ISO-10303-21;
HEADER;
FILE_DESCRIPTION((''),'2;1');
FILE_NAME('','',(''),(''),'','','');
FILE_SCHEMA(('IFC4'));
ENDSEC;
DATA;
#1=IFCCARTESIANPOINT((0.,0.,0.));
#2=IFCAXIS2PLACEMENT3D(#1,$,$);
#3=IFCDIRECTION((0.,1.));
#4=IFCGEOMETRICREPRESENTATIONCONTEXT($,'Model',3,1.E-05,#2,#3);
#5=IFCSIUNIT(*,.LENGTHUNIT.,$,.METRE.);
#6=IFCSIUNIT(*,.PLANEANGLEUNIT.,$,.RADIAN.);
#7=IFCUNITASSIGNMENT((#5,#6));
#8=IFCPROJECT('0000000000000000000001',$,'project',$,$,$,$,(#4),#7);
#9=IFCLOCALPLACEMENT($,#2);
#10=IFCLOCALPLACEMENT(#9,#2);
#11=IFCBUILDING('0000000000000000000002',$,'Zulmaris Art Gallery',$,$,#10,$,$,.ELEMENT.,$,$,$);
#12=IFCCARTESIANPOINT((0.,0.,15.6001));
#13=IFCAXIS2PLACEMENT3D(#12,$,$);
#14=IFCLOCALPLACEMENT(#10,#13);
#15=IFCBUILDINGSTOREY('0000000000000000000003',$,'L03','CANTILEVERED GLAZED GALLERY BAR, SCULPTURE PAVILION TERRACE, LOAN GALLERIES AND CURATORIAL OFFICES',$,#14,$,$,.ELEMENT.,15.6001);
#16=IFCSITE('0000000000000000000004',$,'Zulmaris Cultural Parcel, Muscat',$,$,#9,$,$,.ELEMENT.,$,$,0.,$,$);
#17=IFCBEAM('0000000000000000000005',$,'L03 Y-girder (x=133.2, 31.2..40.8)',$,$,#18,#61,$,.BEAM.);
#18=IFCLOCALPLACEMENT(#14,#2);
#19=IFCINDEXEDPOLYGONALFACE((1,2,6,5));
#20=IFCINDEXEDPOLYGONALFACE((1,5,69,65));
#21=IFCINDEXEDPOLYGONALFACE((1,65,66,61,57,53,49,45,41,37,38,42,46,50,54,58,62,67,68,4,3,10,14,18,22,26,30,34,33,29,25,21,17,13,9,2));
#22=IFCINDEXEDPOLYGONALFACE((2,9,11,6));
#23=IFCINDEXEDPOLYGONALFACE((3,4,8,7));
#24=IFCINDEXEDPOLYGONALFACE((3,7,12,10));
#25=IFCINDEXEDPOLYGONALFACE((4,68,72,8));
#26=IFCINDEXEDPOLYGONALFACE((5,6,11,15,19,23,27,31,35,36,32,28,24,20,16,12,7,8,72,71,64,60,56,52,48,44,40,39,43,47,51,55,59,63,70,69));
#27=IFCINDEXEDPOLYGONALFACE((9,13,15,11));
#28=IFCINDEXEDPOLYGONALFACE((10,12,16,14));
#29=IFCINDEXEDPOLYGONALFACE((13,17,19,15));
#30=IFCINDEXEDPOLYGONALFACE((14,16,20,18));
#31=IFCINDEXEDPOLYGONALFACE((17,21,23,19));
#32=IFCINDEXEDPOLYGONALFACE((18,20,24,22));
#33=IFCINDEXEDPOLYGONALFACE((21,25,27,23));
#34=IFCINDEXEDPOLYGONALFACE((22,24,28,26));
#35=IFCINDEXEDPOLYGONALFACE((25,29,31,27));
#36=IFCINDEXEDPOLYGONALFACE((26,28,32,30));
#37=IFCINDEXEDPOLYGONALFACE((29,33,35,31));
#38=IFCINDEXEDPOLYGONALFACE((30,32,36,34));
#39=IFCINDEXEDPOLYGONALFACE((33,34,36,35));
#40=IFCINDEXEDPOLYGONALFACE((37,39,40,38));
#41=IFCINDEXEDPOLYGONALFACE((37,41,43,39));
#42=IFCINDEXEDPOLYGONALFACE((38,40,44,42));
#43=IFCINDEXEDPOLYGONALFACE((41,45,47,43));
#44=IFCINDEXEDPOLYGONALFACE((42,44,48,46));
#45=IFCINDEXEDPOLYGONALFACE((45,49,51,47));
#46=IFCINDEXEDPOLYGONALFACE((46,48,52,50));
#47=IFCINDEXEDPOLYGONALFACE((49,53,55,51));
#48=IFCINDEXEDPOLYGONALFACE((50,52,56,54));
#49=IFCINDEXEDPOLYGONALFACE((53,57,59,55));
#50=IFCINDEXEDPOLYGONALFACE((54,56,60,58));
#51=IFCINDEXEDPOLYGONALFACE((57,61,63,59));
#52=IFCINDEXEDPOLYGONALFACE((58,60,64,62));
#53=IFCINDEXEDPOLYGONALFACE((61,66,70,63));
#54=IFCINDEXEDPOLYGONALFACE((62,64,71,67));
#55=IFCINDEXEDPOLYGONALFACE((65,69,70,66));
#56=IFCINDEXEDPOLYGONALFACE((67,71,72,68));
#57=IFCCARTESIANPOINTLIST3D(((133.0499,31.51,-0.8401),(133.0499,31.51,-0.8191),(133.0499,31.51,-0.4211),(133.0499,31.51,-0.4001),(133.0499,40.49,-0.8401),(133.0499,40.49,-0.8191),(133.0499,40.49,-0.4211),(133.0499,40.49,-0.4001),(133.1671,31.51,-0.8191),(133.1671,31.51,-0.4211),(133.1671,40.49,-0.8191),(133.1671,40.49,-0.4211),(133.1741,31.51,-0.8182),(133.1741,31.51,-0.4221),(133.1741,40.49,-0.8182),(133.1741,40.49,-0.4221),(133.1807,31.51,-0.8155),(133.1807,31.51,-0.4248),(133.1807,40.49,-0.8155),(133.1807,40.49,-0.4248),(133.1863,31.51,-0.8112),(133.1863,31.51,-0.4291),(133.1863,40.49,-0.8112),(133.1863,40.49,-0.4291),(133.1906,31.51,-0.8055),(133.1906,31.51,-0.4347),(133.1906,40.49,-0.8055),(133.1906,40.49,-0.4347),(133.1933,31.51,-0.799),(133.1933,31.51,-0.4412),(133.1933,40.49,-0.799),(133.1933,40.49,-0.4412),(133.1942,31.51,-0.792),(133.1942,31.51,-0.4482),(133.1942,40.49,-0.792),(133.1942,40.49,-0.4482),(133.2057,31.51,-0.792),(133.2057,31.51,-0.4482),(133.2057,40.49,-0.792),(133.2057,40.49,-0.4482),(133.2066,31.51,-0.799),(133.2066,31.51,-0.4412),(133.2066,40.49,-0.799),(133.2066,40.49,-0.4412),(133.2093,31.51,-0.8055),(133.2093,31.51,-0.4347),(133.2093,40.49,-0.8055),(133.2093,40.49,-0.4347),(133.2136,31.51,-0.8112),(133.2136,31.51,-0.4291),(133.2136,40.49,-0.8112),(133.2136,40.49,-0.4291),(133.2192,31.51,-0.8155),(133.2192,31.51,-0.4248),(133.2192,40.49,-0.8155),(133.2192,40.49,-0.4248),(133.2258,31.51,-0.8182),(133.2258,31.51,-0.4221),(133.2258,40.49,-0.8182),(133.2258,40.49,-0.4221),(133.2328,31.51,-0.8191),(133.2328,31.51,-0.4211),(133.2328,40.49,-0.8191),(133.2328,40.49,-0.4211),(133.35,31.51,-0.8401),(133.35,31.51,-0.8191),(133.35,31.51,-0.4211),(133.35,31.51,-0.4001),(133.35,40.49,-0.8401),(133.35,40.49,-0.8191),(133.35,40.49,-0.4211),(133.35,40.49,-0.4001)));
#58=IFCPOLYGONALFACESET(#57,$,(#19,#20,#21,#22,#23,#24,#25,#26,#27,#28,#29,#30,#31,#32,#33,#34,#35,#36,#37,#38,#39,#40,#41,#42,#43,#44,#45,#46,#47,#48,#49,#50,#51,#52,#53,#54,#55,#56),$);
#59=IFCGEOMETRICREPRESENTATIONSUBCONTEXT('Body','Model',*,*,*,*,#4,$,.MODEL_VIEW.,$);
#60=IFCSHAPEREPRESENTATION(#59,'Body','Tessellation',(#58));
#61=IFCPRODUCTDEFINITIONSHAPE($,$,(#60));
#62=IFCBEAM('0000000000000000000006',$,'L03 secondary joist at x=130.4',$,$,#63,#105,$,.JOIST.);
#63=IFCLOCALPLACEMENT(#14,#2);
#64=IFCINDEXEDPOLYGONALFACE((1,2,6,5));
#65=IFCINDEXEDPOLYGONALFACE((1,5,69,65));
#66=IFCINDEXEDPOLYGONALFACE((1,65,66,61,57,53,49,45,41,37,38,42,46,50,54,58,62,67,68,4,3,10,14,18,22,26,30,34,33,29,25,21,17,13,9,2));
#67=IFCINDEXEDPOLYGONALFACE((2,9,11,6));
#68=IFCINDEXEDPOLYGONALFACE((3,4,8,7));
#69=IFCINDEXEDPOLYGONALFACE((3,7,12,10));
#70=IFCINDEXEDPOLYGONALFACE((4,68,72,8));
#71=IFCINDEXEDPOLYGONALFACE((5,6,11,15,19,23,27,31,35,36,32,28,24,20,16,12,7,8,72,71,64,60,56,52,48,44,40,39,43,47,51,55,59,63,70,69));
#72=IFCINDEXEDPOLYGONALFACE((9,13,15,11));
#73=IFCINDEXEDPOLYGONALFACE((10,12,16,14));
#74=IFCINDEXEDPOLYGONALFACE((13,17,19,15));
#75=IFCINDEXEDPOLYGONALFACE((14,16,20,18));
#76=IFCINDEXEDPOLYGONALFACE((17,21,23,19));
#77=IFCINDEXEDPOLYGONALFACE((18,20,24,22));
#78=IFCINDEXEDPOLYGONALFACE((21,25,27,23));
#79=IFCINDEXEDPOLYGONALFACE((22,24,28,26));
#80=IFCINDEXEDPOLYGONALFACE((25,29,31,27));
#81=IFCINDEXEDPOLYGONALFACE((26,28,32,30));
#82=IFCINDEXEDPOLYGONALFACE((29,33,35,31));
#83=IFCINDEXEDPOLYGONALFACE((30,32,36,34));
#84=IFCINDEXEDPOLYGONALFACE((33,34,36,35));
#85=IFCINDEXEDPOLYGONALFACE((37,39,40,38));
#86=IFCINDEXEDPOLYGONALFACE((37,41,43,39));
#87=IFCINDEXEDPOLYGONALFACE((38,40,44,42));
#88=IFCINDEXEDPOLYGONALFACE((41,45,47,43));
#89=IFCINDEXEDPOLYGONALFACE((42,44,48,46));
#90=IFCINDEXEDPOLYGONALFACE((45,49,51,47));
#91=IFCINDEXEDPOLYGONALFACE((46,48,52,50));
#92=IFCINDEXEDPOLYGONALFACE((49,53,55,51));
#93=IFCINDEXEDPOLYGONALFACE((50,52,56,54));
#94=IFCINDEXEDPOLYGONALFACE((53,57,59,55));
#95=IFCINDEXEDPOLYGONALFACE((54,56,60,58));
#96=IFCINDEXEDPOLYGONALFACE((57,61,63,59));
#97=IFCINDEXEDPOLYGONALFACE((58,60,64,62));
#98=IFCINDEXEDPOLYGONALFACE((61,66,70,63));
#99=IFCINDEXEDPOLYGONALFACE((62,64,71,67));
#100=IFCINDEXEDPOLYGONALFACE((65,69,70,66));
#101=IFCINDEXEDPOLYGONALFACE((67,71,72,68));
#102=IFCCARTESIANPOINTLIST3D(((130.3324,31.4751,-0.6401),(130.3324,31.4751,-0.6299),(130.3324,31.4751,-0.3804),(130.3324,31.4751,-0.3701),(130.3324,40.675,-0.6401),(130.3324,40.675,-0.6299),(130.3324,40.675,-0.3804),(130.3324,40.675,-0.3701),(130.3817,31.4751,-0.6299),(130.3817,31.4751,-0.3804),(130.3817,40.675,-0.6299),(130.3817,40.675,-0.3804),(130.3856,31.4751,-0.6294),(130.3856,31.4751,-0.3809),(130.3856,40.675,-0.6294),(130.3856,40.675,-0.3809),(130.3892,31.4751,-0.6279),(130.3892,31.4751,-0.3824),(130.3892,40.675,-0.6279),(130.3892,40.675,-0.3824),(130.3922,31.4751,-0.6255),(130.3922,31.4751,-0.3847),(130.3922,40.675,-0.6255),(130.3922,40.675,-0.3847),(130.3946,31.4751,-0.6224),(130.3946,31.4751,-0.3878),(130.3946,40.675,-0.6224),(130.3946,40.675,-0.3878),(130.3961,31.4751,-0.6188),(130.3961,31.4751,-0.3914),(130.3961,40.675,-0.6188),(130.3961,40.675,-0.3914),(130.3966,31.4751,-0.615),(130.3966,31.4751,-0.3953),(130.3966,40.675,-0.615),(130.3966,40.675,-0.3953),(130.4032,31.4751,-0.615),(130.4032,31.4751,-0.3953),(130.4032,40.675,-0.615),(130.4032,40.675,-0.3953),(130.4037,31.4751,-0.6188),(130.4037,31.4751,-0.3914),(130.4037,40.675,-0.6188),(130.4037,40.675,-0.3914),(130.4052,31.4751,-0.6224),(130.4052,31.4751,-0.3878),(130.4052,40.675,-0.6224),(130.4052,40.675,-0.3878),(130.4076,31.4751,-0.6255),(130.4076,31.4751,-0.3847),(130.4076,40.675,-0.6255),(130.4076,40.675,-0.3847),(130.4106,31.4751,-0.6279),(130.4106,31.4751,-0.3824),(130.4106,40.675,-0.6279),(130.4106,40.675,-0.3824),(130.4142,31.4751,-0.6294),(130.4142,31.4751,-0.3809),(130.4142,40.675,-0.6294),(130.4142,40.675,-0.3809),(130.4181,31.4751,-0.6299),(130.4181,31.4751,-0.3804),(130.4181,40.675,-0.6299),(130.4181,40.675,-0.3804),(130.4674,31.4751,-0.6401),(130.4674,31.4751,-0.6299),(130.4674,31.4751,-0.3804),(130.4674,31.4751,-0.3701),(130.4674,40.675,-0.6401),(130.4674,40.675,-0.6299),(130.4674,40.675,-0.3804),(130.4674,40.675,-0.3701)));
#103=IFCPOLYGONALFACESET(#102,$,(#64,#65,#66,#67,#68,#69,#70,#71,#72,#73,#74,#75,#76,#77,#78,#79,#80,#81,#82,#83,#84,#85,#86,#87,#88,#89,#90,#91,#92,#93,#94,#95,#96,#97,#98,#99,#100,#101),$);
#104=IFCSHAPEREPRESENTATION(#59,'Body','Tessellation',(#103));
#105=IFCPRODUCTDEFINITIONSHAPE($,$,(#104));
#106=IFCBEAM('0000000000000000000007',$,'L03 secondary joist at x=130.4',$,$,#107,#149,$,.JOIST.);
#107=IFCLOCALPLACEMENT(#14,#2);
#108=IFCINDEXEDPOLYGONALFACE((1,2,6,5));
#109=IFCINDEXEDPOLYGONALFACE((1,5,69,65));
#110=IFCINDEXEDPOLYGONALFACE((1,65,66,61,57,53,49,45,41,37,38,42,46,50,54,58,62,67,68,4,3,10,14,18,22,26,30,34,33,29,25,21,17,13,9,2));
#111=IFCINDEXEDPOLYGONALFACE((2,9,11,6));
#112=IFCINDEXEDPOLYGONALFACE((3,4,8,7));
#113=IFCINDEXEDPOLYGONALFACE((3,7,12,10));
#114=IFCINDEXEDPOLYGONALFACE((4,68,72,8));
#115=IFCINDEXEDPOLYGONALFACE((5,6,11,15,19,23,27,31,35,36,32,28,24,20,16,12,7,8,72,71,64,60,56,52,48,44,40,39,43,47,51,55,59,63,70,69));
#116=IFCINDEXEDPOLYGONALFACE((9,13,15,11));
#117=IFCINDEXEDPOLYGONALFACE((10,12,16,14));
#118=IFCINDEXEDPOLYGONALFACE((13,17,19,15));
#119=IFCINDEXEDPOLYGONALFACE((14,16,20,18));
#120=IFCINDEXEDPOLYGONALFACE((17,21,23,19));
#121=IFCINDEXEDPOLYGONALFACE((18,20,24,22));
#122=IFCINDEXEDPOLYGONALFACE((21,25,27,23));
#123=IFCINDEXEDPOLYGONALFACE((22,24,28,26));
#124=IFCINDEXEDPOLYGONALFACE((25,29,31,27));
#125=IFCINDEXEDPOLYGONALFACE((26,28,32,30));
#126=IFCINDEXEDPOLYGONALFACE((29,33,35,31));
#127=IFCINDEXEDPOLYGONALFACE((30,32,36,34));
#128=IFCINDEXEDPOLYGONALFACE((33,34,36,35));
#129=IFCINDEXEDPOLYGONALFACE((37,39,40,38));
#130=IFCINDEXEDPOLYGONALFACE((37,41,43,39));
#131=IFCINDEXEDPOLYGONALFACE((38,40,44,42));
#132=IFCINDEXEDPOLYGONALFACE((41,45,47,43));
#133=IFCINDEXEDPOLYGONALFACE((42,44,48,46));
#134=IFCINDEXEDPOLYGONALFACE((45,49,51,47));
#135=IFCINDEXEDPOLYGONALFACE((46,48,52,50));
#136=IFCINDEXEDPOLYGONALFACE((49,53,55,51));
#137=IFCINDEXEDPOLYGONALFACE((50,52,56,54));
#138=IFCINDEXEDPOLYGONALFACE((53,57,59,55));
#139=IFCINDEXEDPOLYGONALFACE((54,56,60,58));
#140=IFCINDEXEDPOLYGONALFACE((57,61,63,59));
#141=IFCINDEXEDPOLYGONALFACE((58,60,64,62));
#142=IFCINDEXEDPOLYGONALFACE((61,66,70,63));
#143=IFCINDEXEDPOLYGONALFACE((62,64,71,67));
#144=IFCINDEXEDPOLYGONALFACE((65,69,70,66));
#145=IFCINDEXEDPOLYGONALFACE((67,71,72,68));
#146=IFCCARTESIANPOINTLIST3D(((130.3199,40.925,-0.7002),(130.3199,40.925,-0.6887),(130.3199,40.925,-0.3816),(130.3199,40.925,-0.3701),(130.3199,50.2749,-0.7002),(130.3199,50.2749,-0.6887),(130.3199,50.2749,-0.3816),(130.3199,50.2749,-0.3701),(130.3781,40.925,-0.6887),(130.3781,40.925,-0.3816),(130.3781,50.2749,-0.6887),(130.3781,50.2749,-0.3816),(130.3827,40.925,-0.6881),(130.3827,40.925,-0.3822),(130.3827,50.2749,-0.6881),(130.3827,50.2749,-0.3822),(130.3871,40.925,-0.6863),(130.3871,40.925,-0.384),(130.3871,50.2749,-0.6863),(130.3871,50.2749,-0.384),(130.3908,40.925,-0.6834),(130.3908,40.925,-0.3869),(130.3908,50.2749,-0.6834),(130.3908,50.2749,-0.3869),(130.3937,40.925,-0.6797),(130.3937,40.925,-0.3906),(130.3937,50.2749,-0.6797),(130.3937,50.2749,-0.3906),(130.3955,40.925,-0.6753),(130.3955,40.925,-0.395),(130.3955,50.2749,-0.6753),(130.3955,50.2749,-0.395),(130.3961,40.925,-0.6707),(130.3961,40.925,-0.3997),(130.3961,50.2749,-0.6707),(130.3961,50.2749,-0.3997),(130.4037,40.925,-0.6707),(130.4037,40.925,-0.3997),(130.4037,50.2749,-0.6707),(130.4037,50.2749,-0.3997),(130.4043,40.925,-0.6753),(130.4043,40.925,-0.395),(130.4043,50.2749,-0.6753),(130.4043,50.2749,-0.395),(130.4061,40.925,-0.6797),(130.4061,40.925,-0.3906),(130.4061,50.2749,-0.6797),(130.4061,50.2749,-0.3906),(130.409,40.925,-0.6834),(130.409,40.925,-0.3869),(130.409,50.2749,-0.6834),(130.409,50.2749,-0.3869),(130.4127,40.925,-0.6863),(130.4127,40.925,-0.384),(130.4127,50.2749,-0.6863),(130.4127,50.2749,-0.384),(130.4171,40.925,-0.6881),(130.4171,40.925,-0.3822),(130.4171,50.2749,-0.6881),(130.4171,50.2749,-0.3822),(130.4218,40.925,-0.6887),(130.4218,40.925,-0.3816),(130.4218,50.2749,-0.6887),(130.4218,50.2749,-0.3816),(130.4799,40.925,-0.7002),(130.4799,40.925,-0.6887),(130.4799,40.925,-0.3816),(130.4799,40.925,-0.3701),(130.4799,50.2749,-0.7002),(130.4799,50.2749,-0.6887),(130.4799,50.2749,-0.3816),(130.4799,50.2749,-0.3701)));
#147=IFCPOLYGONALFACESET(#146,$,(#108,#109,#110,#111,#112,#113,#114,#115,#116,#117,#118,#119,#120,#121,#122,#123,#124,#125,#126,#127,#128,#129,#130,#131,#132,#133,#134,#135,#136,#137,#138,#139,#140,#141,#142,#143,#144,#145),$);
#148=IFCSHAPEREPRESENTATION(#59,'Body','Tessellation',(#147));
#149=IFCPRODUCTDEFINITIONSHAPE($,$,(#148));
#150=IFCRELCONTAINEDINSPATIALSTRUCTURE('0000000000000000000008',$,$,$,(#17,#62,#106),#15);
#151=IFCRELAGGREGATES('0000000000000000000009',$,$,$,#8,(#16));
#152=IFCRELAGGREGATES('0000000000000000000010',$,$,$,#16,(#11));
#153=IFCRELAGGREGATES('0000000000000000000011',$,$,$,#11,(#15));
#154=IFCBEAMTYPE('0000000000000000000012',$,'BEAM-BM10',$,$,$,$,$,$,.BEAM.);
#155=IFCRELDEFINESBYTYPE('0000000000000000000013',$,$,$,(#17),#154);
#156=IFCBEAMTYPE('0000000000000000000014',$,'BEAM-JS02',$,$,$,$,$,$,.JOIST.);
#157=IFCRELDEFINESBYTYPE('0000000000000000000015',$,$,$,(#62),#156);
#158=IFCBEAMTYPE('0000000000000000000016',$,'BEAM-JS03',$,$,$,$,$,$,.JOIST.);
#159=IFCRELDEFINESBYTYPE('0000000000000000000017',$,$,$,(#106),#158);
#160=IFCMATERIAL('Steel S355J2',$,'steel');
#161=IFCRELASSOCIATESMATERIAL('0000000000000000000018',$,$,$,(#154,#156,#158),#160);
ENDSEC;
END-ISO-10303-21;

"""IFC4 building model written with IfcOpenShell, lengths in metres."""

from ifc_helpers import new_model, si_unit, direction, frame, origin, origin_2d, place, context, subcontext, project, spatial, i_section, extrude, material, material_profile, profile_set, type_object, element, save


model = new_model("IFC4")

# Units and contexts
model_context = context("Model", 3, precision=1e-05, world=origin(), true_north=direction((0.0, 1.0)))
body_context = subcontext(model_context, "Body", "Model", "MODEL_VIEW")
ifc_project = project(units=[si_unit("LENGTHUNIT", "METRE"), si_unit("PLANEANGLEUNIT", "RADIAN")], contexts=[model_context])

# Site, building, storey
site_placement = place(None, origin())
site = spatial("IfcSite", under=ifc_project, at=site_placement, Name="Zulmaris Cultural Parcel, Muscat", CompositionType="ELEMENT", RefElevation=0.0)
building_placement = place(site_placement, origin())
building = spatial("IfcBuilding", under=site, at=building_placement, Name="Zulmaris Art Gallery", CompositionType="ELEMENT")
storey_placement = place(building_placement, frame((0.0, 0.0, 15.6001)))
storey = spatial("IfcBuildingStorey", under=building, at=storey_placement, Name="L03", Description="CANTILEVERED GLAZED GALLERY BAR, SCULPTURE PAVILION TERRACE, LOAN GALLERIES AND CURATORIAL OFFICES", CompositionType="ELEMENT", Elevation=15.6001)

# Beams
ifc_material_1 = material(Name="Steel S355J2", Category="steel")
ifc_material_profile_1 = material_profile(ifc_material_1, i_section(OverallWidth=0.3, OverallDepth=0.4399, WebThickness=0.0115, FlangeThickness=0.021, FilletRadius=0.0271, at=origin_2d()), Name="HEA 450")
ifc_profile_set_1 = profile_set([ifc_material_profile_1], Name="Steel S355J2")
beam_type_1 = type_object("IfcBeamType", Name="BEAM-BM10", PredefinedType="BEAM", material=ifc_profile_set_1)
beam_1_placement = place(storey_placement, frame((133.2, 31.51, -0.6201), z_axis=(0.0, 1.0, 0.0), x_axis=(-1.0, 0.0, 0.0)))
element("IfcBeam", 1, at=beam_1_placement, inside=storey, type_object=beam_type_1, Name="L03 Y-girder (x=133.2, 31.2..40.8)", PredefinedType="BEAM", context=body_context, shape_type="SweptSolid", body=[
    extrude(i_section(OverallWidth=0.3, OverallDepth=0.4399, WebThickness=0.0115, FlangeThickness=0.021, FilletRadius=0.0271, at=origin_2d()), origin(), (0.0, 0.0, 1.0), 8.98),
])
ifc_material_profile_2 = material_profile(ifc_material_1, i_section(OverallWidth=0.135, OverallDepth=0.27, WebThickness=0.0066, FlangeThickness=0.0103, FilletRadius=0.0149, at=origin_2d()), Name="IPE 270")
ifc_profile_set_2 = profile_set([ifc_material_profile_2], Name="Steel S355J2")
beam_type_2 = type_object("IfcBeamType", Name="BEAM-JS02", PredefinedType="JOIST", material=ifc_profile_set_2)
beam_2_placement = place(storey_placement, frame((130.3999, 31.4751, -0.5051), z_axis=(0.0, 1.0, 0.0), x_axis=(-1.0, 0.0, 0.0)))
element("IfcBeam", 2, at=beam_2_placement, inside=storey, type_object=beam_type_2, Name="L03 secondary joist at x=130.4", PredefinedType="JOIST", context=body_context, shape_type="SweptSolid", body=[
    extrude(i_section(OverallWidth=0.135, OverallDepth=0.27, WebThickness=0.0066, FlangeThickness=0.0103, FilletRadius=0.0149, at=origin_2d()), origin(), (0.0, 0.0, 1.0), 9.2),
])
ifc_material_profile_3 = material_profile(ifc_material_1, i_section(OverallWidth=0.1599, OverallDepth=0.3301, WebThickness=0.0076, FlangeThickness=0.0115, FilletRadius=0.0181, at=origin_2d()), Name="IPE 330")
ifc_profile_set_3 = profile_set([ifc_material_profile_3], Name="Steel S355J2")
beam_type_3 = type_object("IfcBeamType", Name="BEAM-JS03", PredefinedType="JOIST", material=ifc_profile_set_3)
beam_3_placement = place(storey_placement, frame((130.3999, 40.925, -0.5352), z_axis=(0.0, 1.0, 0.0), x_axis=(-1.0, 0.0, 0.0)))
element("IfcBeam", 3, at=beam_3_placement, inside=storey, type_object=beam_type_3, Name="L03 secondary joist at x=130.4", PredefinedType="JOIST", context=body_context, shape_type="SweptSolid", body=[
    extrude(i_section(OverallWidth=0.1599, OverallDepth=0.3301, WebThickness=0.0076, FlangeThickness=0.0115, FilletRadius=0.0181, at=origin_2d()), origin(), (0.0, 0.0, 1.0), 9.3499),
])

save(model, "model.ifc")
